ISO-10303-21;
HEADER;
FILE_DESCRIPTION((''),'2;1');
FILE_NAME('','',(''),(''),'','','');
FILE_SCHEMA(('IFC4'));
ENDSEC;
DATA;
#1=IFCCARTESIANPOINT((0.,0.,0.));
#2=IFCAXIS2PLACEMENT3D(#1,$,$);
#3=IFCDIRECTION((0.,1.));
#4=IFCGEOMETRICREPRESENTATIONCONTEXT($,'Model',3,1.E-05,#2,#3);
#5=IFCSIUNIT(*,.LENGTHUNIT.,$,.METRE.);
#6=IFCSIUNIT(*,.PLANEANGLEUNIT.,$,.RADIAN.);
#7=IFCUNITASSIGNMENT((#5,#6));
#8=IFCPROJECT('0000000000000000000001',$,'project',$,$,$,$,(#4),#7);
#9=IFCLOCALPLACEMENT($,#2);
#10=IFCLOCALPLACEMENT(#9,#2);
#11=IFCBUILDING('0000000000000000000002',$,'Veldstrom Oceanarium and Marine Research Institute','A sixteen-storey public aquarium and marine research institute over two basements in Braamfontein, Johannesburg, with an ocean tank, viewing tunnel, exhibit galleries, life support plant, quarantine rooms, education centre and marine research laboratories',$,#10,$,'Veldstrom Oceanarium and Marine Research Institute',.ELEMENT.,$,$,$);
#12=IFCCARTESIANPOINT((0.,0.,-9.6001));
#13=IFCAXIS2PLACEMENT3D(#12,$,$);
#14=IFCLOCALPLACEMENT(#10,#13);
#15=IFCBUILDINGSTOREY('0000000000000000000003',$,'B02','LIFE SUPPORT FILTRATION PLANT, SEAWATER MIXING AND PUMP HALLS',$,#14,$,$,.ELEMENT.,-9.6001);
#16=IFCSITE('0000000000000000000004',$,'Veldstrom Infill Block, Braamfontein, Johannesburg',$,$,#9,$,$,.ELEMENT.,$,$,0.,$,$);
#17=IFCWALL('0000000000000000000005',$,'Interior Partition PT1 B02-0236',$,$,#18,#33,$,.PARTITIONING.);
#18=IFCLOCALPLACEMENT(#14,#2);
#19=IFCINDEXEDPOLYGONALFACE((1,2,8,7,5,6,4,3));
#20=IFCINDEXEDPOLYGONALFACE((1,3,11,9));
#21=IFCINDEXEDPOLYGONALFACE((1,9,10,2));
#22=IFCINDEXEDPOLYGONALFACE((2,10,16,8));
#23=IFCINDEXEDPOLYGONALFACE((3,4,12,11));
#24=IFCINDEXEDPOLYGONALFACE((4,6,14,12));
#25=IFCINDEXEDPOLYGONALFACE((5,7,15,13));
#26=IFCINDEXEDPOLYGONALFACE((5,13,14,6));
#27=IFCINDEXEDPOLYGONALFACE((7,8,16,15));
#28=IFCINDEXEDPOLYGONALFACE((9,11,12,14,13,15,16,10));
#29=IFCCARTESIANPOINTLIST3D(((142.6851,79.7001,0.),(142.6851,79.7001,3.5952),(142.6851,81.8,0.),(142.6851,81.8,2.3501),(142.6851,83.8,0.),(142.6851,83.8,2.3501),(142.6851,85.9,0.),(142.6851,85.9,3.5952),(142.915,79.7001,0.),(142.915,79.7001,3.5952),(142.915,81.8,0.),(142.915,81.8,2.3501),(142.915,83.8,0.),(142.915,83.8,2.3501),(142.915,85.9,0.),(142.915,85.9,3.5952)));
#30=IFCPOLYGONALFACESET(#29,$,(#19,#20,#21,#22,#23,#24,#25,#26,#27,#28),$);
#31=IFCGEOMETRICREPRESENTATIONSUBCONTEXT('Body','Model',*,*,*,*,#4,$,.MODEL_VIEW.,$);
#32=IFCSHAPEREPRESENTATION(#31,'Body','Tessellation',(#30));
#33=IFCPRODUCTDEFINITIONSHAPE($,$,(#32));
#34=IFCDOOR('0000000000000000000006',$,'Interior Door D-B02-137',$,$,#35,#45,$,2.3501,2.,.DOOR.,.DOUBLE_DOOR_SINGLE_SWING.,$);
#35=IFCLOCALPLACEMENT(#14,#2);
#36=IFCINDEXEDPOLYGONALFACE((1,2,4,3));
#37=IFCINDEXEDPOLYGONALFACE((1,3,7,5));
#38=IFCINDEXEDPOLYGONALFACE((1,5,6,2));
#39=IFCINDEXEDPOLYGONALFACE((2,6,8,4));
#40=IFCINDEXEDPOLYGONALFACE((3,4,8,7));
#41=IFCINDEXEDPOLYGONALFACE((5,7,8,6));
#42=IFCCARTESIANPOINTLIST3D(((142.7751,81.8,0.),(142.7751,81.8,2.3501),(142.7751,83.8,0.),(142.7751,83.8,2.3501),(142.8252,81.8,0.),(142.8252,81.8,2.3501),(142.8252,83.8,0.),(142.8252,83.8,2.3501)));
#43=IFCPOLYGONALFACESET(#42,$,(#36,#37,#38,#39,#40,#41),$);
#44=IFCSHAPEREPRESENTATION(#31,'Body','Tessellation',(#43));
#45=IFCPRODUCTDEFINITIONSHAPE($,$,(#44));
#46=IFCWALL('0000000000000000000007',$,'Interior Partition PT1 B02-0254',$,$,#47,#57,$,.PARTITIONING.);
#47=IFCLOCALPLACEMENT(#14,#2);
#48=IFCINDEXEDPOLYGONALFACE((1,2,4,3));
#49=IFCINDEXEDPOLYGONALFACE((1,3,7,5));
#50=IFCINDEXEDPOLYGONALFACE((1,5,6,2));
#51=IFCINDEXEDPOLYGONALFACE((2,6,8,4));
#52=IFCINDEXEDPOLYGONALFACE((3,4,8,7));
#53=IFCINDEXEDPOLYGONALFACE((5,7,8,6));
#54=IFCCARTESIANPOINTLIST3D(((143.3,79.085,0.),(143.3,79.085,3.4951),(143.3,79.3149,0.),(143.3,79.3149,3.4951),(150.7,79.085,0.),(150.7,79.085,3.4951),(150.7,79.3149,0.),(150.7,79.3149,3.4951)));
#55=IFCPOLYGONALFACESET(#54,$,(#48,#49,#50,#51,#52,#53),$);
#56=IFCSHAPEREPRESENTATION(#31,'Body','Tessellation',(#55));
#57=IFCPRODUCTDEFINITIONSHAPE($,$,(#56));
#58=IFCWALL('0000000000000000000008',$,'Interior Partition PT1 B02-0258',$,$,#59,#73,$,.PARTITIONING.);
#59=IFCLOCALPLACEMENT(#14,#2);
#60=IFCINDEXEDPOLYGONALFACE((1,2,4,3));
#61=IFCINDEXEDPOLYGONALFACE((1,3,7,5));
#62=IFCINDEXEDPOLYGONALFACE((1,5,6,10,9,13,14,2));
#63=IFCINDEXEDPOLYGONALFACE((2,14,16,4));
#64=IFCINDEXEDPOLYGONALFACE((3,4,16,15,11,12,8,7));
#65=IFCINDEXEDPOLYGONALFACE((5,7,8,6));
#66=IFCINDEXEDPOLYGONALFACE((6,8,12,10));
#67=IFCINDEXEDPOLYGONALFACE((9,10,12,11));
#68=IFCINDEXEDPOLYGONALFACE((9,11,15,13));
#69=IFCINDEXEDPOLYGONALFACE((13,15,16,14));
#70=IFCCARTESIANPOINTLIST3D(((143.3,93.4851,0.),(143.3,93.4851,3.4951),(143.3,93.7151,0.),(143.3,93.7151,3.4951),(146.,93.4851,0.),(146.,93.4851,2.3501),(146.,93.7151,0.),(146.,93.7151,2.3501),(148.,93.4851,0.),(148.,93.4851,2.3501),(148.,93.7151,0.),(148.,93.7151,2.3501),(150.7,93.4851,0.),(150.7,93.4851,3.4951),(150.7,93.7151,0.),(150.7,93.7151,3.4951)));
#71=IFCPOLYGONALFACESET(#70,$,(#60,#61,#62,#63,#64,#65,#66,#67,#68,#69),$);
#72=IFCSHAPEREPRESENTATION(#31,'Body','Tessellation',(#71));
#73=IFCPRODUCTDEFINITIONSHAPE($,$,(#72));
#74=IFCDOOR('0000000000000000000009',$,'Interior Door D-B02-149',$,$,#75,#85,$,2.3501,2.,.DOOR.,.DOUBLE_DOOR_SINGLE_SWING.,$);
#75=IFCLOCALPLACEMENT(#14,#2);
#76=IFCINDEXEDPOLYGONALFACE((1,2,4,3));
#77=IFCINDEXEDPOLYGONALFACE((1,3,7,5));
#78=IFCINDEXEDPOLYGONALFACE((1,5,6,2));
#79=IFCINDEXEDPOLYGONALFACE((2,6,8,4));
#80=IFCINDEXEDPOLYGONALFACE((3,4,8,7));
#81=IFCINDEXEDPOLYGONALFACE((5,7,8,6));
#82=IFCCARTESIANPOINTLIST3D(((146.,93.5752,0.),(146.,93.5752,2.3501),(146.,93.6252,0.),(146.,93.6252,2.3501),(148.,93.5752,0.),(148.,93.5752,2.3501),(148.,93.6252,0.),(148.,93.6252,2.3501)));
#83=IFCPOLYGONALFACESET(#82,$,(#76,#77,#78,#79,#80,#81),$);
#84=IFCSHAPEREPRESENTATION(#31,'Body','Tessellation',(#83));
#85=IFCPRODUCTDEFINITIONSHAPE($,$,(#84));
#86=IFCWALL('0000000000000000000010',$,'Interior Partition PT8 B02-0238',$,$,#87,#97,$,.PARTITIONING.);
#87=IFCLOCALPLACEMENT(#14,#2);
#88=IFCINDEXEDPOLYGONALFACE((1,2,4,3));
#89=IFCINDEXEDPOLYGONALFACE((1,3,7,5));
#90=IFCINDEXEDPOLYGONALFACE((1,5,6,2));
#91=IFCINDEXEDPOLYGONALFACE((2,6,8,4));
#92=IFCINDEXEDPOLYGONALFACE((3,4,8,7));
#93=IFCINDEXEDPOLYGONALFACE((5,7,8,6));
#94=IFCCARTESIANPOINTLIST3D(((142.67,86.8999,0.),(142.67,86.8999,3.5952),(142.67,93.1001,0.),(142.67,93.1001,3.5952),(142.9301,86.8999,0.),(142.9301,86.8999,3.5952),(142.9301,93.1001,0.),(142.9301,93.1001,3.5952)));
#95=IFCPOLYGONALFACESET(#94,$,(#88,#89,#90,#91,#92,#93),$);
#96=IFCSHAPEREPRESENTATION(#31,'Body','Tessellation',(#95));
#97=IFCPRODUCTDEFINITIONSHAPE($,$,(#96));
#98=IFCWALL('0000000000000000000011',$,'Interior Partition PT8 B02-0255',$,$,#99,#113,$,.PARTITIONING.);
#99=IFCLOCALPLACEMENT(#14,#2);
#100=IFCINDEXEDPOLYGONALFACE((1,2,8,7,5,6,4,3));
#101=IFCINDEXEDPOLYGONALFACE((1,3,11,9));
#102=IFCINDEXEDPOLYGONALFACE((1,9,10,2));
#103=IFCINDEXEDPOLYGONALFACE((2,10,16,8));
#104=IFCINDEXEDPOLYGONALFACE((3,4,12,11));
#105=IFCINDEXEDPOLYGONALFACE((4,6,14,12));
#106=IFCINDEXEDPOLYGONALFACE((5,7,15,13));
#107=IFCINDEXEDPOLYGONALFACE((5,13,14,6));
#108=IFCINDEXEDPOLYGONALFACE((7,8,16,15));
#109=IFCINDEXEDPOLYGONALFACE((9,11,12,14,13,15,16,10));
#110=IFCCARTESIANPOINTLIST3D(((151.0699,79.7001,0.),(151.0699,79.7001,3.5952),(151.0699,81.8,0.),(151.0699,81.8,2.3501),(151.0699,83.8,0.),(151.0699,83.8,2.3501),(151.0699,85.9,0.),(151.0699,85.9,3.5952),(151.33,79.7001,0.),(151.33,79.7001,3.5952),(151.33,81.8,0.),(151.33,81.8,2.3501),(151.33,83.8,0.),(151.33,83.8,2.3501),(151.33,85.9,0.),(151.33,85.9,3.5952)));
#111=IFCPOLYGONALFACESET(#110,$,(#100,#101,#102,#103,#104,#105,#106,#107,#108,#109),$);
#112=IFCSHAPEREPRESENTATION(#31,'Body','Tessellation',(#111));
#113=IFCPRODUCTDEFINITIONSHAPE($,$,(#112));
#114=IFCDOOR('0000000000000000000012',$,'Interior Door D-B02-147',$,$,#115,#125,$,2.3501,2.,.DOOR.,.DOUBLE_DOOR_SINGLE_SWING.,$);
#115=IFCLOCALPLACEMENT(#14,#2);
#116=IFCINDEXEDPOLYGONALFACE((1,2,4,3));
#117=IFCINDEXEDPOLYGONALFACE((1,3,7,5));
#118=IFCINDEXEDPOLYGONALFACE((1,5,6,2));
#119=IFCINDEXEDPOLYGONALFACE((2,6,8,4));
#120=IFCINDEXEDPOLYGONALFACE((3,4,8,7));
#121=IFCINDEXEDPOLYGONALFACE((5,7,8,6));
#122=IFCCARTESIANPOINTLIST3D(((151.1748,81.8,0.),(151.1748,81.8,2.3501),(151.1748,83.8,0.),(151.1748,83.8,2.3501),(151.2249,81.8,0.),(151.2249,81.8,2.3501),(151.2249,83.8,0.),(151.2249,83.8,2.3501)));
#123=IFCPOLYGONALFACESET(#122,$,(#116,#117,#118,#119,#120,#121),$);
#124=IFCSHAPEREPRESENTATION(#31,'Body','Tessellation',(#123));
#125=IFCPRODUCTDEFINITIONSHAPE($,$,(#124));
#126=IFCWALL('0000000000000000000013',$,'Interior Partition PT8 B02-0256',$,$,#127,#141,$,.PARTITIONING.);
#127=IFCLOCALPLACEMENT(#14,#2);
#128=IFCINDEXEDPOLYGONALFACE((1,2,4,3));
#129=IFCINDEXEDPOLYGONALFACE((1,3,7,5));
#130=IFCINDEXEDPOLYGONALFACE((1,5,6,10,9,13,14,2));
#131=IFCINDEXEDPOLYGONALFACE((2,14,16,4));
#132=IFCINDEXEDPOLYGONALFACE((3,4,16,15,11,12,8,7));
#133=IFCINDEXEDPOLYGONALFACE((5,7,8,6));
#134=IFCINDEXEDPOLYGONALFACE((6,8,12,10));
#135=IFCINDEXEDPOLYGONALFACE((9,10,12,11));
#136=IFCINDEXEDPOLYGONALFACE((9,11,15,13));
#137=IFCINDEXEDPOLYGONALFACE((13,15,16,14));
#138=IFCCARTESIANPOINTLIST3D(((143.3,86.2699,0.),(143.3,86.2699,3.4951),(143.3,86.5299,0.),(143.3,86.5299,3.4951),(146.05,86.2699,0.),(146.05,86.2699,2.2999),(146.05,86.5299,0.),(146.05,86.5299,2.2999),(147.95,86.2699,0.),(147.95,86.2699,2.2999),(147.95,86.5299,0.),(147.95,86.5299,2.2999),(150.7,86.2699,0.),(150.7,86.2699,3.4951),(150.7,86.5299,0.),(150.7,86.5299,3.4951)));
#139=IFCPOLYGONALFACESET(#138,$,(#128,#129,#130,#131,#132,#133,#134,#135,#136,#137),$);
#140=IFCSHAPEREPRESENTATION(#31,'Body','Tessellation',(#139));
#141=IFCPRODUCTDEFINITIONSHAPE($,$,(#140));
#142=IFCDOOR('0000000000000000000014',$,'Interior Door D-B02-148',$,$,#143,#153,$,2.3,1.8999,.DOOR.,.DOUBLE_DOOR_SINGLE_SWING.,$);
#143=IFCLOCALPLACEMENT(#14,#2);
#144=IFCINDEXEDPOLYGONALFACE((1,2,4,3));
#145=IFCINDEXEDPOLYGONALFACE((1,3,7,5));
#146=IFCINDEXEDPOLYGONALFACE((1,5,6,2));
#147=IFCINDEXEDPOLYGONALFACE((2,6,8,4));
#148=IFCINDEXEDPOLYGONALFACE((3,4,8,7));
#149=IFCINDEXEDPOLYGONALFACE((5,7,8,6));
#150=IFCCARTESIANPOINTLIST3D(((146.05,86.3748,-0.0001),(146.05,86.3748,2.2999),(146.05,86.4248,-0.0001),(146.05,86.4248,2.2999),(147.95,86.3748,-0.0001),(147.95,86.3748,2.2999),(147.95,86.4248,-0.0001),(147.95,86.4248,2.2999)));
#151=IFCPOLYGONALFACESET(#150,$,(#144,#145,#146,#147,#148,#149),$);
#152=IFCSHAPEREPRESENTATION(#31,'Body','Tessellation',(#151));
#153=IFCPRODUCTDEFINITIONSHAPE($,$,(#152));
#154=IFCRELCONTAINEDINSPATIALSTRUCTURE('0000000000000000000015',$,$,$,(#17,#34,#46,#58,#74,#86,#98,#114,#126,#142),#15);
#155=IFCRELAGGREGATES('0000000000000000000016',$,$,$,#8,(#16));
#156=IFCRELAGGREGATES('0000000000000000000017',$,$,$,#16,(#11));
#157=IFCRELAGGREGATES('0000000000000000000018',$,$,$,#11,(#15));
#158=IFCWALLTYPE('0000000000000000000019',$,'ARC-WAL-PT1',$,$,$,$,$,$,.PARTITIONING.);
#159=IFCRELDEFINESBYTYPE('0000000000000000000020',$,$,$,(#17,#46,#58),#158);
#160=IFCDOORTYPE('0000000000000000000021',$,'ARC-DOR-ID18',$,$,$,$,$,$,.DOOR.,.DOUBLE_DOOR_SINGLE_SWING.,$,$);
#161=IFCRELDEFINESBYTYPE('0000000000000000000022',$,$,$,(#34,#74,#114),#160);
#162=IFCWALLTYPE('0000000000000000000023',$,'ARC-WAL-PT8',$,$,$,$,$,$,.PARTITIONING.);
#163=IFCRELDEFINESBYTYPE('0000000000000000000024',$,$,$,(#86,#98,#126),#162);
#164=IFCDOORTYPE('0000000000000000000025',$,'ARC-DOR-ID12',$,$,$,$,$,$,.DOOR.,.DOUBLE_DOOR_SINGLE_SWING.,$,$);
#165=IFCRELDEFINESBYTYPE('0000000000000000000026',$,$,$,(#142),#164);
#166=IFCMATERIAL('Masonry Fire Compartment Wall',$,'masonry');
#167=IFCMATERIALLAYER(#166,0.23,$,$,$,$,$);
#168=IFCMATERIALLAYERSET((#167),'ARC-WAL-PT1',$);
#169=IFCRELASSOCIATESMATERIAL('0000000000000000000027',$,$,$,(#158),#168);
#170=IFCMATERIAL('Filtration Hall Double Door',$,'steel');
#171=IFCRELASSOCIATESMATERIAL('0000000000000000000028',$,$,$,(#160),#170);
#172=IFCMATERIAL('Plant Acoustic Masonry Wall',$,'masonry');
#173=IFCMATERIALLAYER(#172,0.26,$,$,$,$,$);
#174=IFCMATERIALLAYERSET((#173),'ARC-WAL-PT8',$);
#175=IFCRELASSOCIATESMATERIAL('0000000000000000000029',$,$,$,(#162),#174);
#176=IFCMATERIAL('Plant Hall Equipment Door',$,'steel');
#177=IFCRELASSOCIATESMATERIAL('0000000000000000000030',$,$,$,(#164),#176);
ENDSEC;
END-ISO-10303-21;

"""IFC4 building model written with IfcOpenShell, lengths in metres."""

from ifc_helpers import new_model, si_unit, direction, frame, frame_2d, origin, place, context, subcontext, project, spatial, rectangle, extrude, material, layer, layer_set, type_object, element, fill, save


model = new_model("IFC4")

# Units and contexts
model_context = context("Model", 3, precision=1e-05, world=origin(), true_north=direction((0.0, 1.0)))
body_context = subcontext(model_context, "Body", "Model", "MODEL_VIEW")
ifc_project = project(units=[si_unit("LENGTHUNIT", "METRE"), si_unit("PLANEANGLEUNIT", "RADIAN")], contexts=[model_context])

# Site, building, storey
site_placement = place(None, origin())
site = spatial("IfcSite", under=ifc_project, at=site_placement, Name="Veldstrom Infill Block, Braamfontein, Johannesburg", CompositionType="ELEMENT", RefElevation=0.0)
building_placement = place(site_placement, origin())
building = spatial("IfcBuilding", under=site, at=building_placement, Name="Veldstrom Oceanarium and Marine Research Institute", Description="A sixteen-storey public aquarium and marine research institute over two basements in Braamfontein, Johannesburg, with an ocean tank, viewing tunnel, exhibit galleries, life support plant, quarantine rooms, education centre and marine research laboratories", LongName="Veldstrom Oceanarium and Marine Research Institute", CompositionType="ELEMENT")
storey_placement = place(building_placement, frame((0.0, 0.0, -9.6001)))
storey = spatial("IfcBuildingStorey", under=building, at=storey_placement, Name="B02", Description="LIFE SUPPORT FILTRATION PLANT, SEAWATER MIXING AND PUMP HALLS", CompositionType="ELEMENT", Elevation=-9.6001)

# Wall, opening, door
ifc_material_1 = material(Name="Masonry Fire Compartment Wall", Category="masonry")
ifc_layer_1 = layer(ifc_material_1, 0.23)
ifc_layer_set_1 = layer_set([ifc_layer_1], Name="ARC-WAL-PT1")
wall_type_1 = type_object("IfcWallType", Name="ARC-WAL-PT1", PredefinedType="PARTITIONING", material=ifc_layer_set_1)
wall_1_placement = place(storey_placement, frame((142.8, 79.7, 0.0), z_axis=(0.0, 0.0, 1.0), x_axis=(0.0, 1.0, 0.0)))
wall_1 = element("IfcWall", 1, at=wall_1_placement, inside=storey, type_object=wall_type_1, Name="Interior Partition PT1 B02-0236", PredefinedType="PARTITIONING", context=body_context, shape_type="SweptSolid", body=[
    extrude(rectangle(XDim=6.2, YDim=0.23, at=frame_2d((3.1001, 0.0))), origin(), (0.0, 0.0, 1.0), 3.5952),
])
opening_1_placement = place(wall_1_placement, frame((2.1001, 0.0, 0.0)))
opening_1 = element("IfcOpeningElement", 2, at=opening_1_placement, cuts=wall_1, PredefinedType="OPENING", context=body_context, shape_type="SweptSolid", body=[
    extrude(rectangle(XDim=2.0, YDim=2.3501, at=frame_2d((1.0, 1.175))), frame((0.0, 0.125, 0.0), z_axis=(0.0, -1.0, 0.0), x_axis=(1.0, 0.0, 0.0)), (0.0, 0.0, 1.0), 0.25),
])
ifc_material_2 = material(Name="Filtration Hall Double Door", Category="steel")
door_type_1 = type_object("IfcDoorType", Name="ARC-DOR-ID18", OperationType="DOUBLE_DOOR_SINGLE_SWING", PredefinedType="DOOR", material=ifc_material_2)
door_1_placement = place(opening_1_placement, origin())
door_1 = element("IfcDoor", 3, at=door_1_placement, inside=storey, type_object=door_type_1, Name="Interior Door D-B02-137", OperationType="DOUBLE_DOOR_SINGLE_SWING", OverallHeight=2.3501, OverallWidth=2.0, PredefinedType="DOOR", context=body_context, shape_type="SweptSolid", body=[
    extrude(rectangle(XDim=2.0, YDim=2.3501, at=frame_2d((1.0, 1.175))), frame((0.0, 0.0249, 0.0), z_axis=(0.0, -1.0, 0.0), x_axis=(1.0, 0.0, 0.0)), (0.0, 0.0, 1.0), 0.05),
])
fill(opening_1, door_1)

# Wall
wall_2_placement = place(storey_placement, frame((143.3, 79.2, 0.0), z_axis=(0.0, 0.0, 1.0), x_axis=(1.0, 0.0, 0.0)))
element("IfcWall", 4, at=wall_2_placement, inside=storey, type_object=wall_type_1, Name="Interior Partition PT1 B02-0254", PredefinedType="PARTITIONING", context=body_context, shape_type="SweptSolid", body=[
    extrude(rectangle(XDim=7.3999, YDim=0.23, at=frame_2d((3.7, 0.0))), origin(), (0.0, 0.0, 1.0), 3.4951),
])

# Wall, opening, door
wall_3_placement = place(storey_placement, frame((143.3, 93.6001, 0.0), z_axis=(0.0, 0.0, 1.0), x_axis=(1.0, 0.0, 0.0)))
wall_3 = element("IfcWall", 5, at=wall_3_placement, inside=storey, type_object=wall_type_1, Name="Interior Partition PT1 B02-0258", PredefinedType="PARTITIONING", context=body_context, shape_type="SweptSolid", body=[
    extrude(rectangle(XDim=7.3999, YDim=0.23, at=frame_2d((3.7, 0.0))), origin(), (0.0, 0.0, 1.0), 3.4951),
])
opening_2_placement = place(wall_3_placement, frame((2.7, 0.0, 0.0)))
opening_2 = element("IfcOpeningElement", 6, at=opening_2_placement, cuts=wall_3, PredefinedType="OPENING", context=body_context, shape_type="SweptSolid", body=[
    extrude(rectangle(XDim=2.0, YDim=2.3501, at=frame_2d((1.0, 1.175))), frame((0.0, 0.125, 0.0), z_axis=(0.0, -1.0, 0.0), x_axis=(1.0, 0.0, 0.0)), (0.0, 0.0, 1.0), 0.25),
])
door_2_placement = place(opening_2_placement, frame((2.0, 0.0, 0.0), z_axis=(0.0, 0.0, 1.0), x_axis=(-1.0, 0.0, 0.0)))
door_2 = element("IfcDoor", 7, at=door_2_placement, inside=storey, type_object=door_type_1, Name="Interior Door D-B02-149", OperationType="DOUBLE_DOOR_SINGLE_SWING", OverallHeight=2.3501, OverallWidth=2.0, PredefinedType="DOOR", context=body_context, shape_type="SweptSolid", body=[
    extrude(rectangle(XDim=2.0, YDim=2.3501, at=frame_2d((1.0, 1.175))), frame((0.0, 0.0249, 0.0), z_axis=(0.0, -1.0, 0.0), x_axis=(1.0, 0.0, 0.0)), (0.0, 0.0, 1.0), 0.05),
])
fill(opening_2, door_2)

# Wall
ifc_material_3 = material(Name="Plant Acoustic Masonry Wall", Category="masonry")
ifc_layer_2 = layer(ifc_material_3, 0.26)
ifc_layer_set_2 = layer_set([ifc_layer_2], Name="ARC-WAL-PT8")
wall_type_2 = type_object("IfcWallType", Name="ARC-WAL-PT8", PredefinedType="PARTITIONING", material=ifc_layer_set_2)
wall_4_placement = place(storey_placement, frame((142.8, 86.8999, 0.0), z_axis=(0.0, 0.0, 1.0), x_axis=(0.0, 1.0, 0.0)))
element("IfcWall", 8, at=wall_4_placement, inside=storey, type_object=wall_type_2, Name="Interior Partition PT8 B02-0238", PredefinedType="PARTITIONING", context=body_context, shape_type="SweptSolid", body=[
    extrude(rectangle(XDim=6.2002, YDim=0.26, at=frame_2d((3.1001, 0.0))), origin(), (0.0, 0.0, 1.0), 3.5952),
])

# Walls, openings, doors
wall_5_placement = place(storey_placement, frame((151.2, 79.7, 0.0), z_axis=(0.0, 0.0, 1.0), x_axis=(0.0, 1.0, 0.0)))
wall_5 = element("IfcWall", 9, at=wall_5_placement, inside=storey, type_object=wall_type_2, Name="Interior Partition PT8 B02-0255", PredefinedType="PARTITIONING", context=body_context, shape_type="SweptSolid", body=[
    extrude(rectangle(XDim=6.2, YDim=0.26, at=frame_2d((3.1001, 0.0))), origin(), (0.0, 0.0, 1.0), 3.5952),
])
opening_3_placement = place(wall_5_placement, frame((2.1001, 0.0, 0.0)))
opening_3 = element("IfcOpeningElement", 10, at=opening_3_placement, cuts=wall_5, PredefinedType="OPENING", context=body_context, shape_type="SweptSolid", body=[
    extrude(rectangle(XDim=2.0, YDim=2.3501, at=frame_2d((1.0, 1.175))), frame((0.0, 0.1399, 0.0), z_axis=(0.0, -1.0, 0.0), x_axis=(1.0, 0.0, 0.0)), (0.0, 0.0, 1.0), 0.28),
])
door_3_placement = place(opening_3_placement, frame((2.0, 0.0, 0.0), z_axis=(0.0, 0.0, 1.0), x_axis=(-1.0, 0.0, 0.0)))
door_3 = element("IfcDoor", 11, at=door_3_placement, inside=storey, type_object=door_type_1, Name="Interior Door D-B02-147", OperationType="DOUBLE_DOOR_SINGLE_SWING", OverallHeight=2.3501, OverallWidth=2.0, PredefinedType="DOOR", context=body_context, shape_type="SweptSolid", body=[
    extrude(rectangle(XDim=2.0, YDim=2.3501, at=frame_2d((1.0, 1.175))), frame((0.0, 0.0249, 0.0), z_axis=(0.0, -1.0, 0.0), x_axis=(1.0, 0.0, 0.0)), (0.0, 0.0, 1.0), 0.05),
])
fill(opening_3, door_3)
wall_6_placement = place(storey_placement, frame((143.3, 86.3999, 0.0), z_axis=(0.0, 0.0, 1.0), x_axis=(1.0, 0.0, 0.0)))
wall_6 = element("IfcWall", 12, at=wall_6_placement, inside=storey, type_object=wall_type_2, Name="Interior Partition PT8 B02-0256", PredefinedType="PARTITIONING", context=body_context, shape_type="SweptSolid", body=[
    extrude(rectangle(XDim=7.3999, YDim=0.26, at=frame_2d((3.7, 0.0))), origin(), (0.0, 0.0, 1.0), 3.4951),
])
opening_4_placement = place(wall_6_placement, frame((2.75, 0.0, 0.0)))
opening_4 = element("IfcOpeningElement", 13, at=opening_4_placement, cuts=wall_6, PredefinedType="OPENING", context=body_context, shape_type="SweptSolid", body=[
    extrude(rectangle(XDim=1.8999, YDim=2.3, at=frame_2d((0.95, 1.1499))), frame((0.0, 0.1399, 0.0), z_axis=(0.0, -1.0, 0.0), x_axis=(1.0, 0.0, 0.0)), (0.0, 0.0, 1.0), 0.28),
])
ifc_material_4 = material(Name="Plant Hall Equipment Door", Category="steel")
door_type_2 = type_object("IfcDoorType", Name="ARC-DOR-ID12", OperationType="DOUBLE_DOOR_SINGLE_SWING", PredefinedType="DOOR", material=ifc_material_4)
door_4_placement = place(opening_4_placement, origin())
door_4 = element("IfcDoor", 14, at=door_4_placement, inside=storey, type_object=door_type_2, Name="Interior Door D-B02-148", OperationType="DOUBLE_DOOR_SINGLE_SWING", OverallHeight=2.3, OverallWidth=1.8999, PredefinedType="DOOR", context=body_context, shape_type="SweptSolid", body=[
    extrude(rectangle(XDim=1.8999, YDim=2.3, at=frame_2d((0.95, 1.1499))), frame((0.0, 0.0249, 0.0), z_axis=(0.0, -1.0, 0.0), x_axis=(1.0, 0.0, 0.0)), (0.0, 0.0, 1.0), 0.05),
])
fill(opening_4, door_4)

save(model, "model.ifc")
